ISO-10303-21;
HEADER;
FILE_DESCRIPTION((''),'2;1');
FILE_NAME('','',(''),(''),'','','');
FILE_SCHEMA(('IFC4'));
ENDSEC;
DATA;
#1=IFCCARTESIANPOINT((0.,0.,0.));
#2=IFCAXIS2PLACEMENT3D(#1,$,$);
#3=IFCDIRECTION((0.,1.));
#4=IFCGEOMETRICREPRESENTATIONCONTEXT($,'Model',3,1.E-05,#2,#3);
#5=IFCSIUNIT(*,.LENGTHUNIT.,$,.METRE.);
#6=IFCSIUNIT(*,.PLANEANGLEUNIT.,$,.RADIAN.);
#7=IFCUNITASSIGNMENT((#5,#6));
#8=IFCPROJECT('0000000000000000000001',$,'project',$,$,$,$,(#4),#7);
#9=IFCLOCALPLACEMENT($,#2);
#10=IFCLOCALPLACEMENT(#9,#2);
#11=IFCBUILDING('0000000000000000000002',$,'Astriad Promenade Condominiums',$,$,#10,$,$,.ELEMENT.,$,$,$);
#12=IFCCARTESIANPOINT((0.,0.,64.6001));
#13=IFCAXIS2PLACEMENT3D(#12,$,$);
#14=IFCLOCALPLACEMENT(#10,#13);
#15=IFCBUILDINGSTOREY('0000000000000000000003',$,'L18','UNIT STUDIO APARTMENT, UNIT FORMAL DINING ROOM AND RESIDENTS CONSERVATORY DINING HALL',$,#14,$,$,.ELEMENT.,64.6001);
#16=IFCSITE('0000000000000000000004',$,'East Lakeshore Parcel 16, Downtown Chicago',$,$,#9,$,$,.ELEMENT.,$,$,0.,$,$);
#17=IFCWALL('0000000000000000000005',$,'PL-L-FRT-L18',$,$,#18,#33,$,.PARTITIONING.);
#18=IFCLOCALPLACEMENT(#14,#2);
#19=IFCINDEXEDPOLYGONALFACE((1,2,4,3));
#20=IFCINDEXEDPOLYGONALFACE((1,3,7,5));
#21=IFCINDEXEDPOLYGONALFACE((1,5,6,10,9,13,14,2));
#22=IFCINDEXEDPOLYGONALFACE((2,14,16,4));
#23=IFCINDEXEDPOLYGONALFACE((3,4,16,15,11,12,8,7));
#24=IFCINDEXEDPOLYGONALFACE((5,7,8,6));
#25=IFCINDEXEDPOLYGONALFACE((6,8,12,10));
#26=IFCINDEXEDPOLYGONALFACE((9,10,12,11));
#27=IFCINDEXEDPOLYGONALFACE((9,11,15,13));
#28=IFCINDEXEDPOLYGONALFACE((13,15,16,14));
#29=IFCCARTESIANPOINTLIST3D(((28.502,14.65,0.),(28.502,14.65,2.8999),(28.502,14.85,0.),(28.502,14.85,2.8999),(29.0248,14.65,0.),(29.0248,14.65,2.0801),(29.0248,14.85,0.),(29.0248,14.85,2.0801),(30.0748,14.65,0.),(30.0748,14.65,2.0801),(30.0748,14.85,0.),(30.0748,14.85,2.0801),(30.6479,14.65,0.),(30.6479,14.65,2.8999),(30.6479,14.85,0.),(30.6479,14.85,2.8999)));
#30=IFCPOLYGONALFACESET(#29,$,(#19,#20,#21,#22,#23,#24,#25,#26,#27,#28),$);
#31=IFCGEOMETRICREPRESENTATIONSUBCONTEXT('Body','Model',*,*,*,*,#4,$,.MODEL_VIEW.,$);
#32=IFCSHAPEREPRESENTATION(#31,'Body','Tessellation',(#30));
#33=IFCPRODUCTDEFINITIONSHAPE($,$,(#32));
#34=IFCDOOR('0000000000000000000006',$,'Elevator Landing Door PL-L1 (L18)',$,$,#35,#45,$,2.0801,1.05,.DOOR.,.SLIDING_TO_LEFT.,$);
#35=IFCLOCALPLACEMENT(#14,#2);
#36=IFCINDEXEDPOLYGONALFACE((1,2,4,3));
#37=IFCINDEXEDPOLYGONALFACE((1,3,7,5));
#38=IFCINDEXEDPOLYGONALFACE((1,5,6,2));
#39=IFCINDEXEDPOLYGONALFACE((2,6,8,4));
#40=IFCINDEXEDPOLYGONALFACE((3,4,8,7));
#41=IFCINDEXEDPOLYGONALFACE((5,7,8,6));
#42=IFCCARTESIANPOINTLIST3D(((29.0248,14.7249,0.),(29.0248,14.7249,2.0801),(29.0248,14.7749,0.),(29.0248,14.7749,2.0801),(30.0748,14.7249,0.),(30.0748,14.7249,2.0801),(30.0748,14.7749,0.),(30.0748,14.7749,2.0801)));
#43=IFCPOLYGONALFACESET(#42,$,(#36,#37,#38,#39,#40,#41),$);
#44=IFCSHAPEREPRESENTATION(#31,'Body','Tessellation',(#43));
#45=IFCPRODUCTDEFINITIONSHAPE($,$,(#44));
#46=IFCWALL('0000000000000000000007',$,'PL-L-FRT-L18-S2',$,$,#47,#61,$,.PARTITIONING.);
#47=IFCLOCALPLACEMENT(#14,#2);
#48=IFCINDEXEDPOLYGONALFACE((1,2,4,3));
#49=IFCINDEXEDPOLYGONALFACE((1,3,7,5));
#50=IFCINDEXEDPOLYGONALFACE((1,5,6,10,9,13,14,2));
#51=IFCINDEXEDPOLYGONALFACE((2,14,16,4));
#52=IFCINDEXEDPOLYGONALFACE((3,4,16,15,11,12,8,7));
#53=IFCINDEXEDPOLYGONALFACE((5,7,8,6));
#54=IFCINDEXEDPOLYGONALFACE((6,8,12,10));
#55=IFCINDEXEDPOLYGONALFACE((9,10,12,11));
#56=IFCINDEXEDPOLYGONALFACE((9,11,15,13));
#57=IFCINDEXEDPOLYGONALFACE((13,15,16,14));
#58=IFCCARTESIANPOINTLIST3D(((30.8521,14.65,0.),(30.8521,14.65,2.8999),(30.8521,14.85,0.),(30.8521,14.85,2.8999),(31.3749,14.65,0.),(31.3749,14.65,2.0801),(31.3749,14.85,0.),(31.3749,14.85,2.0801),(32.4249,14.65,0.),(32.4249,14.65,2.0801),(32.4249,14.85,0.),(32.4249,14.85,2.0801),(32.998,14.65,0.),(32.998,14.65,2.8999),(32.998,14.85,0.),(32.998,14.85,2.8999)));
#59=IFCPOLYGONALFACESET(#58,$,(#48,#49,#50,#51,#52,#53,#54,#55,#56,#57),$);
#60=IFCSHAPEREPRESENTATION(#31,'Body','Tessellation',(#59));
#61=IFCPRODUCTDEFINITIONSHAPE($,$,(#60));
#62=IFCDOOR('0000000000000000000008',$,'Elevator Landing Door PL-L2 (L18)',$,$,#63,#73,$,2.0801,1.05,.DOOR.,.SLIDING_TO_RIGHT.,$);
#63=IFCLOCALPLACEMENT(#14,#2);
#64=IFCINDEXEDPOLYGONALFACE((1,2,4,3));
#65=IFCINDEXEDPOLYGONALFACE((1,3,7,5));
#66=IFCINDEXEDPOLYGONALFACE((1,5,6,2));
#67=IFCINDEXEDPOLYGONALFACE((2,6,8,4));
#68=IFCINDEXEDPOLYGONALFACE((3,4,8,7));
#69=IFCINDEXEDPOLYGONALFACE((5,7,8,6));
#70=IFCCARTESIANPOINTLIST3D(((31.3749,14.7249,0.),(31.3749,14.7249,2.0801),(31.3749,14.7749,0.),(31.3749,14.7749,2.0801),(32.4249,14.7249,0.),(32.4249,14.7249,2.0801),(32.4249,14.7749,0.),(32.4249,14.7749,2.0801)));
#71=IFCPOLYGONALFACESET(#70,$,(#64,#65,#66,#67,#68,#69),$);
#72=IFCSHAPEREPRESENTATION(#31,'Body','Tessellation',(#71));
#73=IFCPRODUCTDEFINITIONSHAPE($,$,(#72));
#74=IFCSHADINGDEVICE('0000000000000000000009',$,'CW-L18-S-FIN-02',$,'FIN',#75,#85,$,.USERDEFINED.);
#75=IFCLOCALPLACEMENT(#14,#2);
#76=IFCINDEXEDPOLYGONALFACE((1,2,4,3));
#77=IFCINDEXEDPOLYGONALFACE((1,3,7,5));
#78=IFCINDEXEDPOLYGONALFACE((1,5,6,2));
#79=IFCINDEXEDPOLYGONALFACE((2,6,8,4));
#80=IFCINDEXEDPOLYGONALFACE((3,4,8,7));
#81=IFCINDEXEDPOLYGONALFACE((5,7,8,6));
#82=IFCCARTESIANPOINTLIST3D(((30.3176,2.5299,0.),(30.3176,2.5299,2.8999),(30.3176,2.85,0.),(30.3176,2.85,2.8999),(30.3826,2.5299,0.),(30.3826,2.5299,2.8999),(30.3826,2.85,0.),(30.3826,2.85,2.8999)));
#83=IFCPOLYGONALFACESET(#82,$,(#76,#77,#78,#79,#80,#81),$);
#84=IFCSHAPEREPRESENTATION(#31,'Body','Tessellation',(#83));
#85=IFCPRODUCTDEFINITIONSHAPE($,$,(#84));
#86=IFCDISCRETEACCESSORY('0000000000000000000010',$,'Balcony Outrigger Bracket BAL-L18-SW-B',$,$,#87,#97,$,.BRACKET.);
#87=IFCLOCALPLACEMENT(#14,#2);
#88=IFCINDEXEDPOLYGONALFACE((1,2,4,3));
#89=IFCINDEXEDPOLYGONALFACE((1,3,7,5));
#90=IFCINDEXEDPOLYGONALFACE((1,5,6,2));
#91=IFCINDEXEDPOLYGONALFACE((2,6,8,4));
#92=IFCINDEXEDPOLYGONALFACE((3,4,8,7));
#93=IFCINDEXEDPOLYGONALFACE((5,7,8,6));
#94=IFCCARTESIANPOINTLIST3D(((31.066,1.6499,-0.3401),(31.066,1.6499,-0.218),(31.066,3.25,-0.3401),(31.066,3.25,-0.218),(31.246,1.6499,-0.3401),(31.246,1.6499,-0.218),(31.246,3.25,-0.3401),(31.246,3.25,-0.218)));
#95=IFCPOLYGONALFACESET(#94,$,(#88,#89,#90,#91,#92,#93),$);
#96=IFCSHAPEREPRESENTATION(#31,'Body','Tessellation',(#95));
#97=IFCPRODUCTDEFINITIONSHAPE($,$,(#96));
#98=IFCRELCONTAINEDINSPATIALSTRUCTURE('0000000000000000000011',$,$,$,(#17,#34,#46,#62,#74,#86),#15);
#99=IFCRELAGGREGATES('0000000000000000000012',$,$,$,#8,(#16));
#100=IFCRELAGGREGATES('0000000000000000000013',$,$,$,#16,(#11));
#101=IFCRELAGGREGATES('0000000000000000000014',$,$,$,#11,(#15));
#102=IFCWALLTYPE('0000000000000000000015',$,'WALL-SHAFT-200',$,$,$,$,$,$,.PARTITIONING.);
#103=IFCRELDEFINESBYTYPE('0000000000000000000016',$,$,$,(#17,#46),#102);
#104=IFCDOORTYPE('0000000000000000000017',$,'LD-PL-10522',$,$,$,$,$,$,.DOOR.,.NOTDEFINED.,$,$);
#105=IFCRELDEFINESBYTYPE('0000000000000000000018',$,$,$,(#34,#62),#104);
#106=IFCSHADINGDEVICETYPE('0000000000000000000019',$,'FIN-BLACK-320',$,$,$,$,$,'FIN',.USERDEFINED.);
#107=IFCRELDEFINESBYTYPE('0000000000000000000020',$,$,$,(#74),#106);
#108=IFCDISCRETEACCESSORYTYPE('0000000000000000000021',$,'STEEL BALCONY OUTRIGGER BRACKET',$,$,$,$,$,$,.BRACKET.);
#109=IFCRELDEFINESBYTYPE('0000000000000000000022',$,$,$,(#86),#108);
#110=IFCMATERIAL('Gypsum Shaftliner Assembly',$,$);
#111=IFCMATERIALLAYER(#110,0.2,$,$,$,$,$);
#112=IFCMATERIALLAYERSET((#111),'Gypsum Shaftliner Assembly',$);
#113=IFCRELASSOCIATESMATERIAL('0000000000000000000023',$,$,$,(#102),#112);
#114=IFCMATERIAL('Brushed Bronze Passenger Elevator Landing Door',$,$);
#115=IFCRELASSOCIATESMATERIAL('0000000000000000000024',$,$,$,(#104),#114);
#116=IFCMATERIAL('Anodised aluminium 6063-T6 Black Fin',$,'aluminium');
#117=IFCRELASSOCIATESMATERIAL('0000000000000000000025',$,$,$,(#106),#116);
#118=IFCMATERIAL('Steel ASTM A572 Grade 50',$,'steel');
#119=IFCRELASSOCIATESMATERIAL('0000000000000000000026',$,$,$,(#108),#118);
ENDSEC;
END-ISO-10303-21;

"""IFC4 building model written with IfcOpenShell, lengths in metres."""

from ifc_helpers import new_model, si_unit, direction, frame, frame_2d, origin, origin_2d, place, context, subcontext, project, spatial, rectangle, extrude, source, transform, mapped, material, layer, layer_set, type_object, type_shapes, element, fill, save


model = new_model("IFC4")

# Units and contexts
model_context = context("Model", 3, precision=1e-05, world=origin(), true_north=direction((0.0, 1.0)))
body_context = subcontext(model_context, "Body", "Model", "MODEL_VIEW")
ifc_project = project(units=[si_unit("LENGTHUNIT", "METRE"), si_unit("PLANEANGLEUNIT", "RADIAN")], contexts=[model_context])

# Site, building, storey
site_placement = place(None, origin())
site = spatial("IfcSite", under=ifc_project, at=site_placement, Name="East Lakeshore Parcel 16, Downtown Chicago", CompositionType="ELEMENT", RefElevation=0.0)
building_placement = place(site_placement, origin())
building = spatial("IfcBuilding", under=site, at=building_placement, Name="Astriad Promenade Condominiums", CompositionType="ELEMENT")
storey_placement = place(building_placement, frame((0.0, 0.0, 64.6001)))
storey = spatial("IfcBuildingStorey", under=building, at=storey_placement, Name="L18", Description="UNIT STUDIO APARTMENT, UNIT FORMAL DINING ROOM AND RESIDENTS CONSERVATORY DINING HALL", CompositionType="ELEMENT", Elevation=64.6001)

# Shared definitions
ifc_material_1 = material(Name="Gypsum Shaftliner Assembly")
ifc_layer_1 = layer(ifc_material_1, 0.2)
ifc_layer_set_1 = layer_set([ifc_layer_1], Name="Gypsum Shaftliner Assembly")
wall_type_1 = type_object("IfcWallType", Name="WALL-SHAFT-200", PredefinedType="PARTITIONING", material=ifc_layer_set_1)

# Walls, openings, doors
wall_1_placement = place(storey_placement, frame((28.502, 14.75, 0.0), z_axis=(0.0, 0.0, 1.0), x_axis=(1.0, 0.0, 0.0)))
wall_1 = element("IfcWall", 1, at=wall_1_placement, inside=storey, type_object=wall_type_1, Name="PL-L-FRT-L18", PredefinedType="PARTITIONING", context=body_context, shape_type="SweptSolid", body=[
    extrude(rectangle(XDim=2.146, YDim=0.2, at=frame_2d((1.073, 0.0))), origin(), (0.0, 0.0, 1.0), 2.8999),
])
opening_1_placement = place(wall_1_placement, frame((0.5229, 0.0, 0.0)))
opening_1 = element("IfcOpeningElement", 2, at=opening_1_placement, cuts=wall_1, PredefinedType="OPENING", context=body_context, shape_type="SweptSolid", body=[
    extrude(rectangle(XDim=1.05, YDim=2.0801, at=frame_2d((0.5249, 1.04))), frame((0.0, 0.1099, 0.0), z_axis=(0.0, -1.0, 0.0), x_axis=(1.0, 0.0, 0.0)), (0.0, 0.0, 1.0), 0.22),
])
ifc_material_2 = material(Name="Brushed Bronze Passenger Elevator Landing Door")
door_type_1 = type_object("IfcDoorType", Name="LD-PL-10522", OperationType="NOTDEFINED", PredefinedType="DOOR", material=ifc_material_2)
shared_shape_1 = source(origin(), body_context, "Body", "SweptSolid", [
    extrude(rectangle(XDim=1.05, YDim=2.0801, at=frame_2d((0.5249, 1.04))), frame((0.0, 0.0249, 0.0), z_axis=(0.0, -1.0, 0.0), x_axis=(1.0, 0.0, 0.0)), (0.0, 0.0, 1.0), 0.05),
])
type_shapes(door_type_1, [shared_shape_1])
door_1_placement = place(opening_1_placement, origin())
door_1 = element("IfcDoor", 3, at=door_1_placement, inside=storey, type_object=door_type_1, Name="Elevator Landing Door PL-L1 (L18)", OperationType="SLIDING_TO_LEFT", OverallHeight=2.0801, OverallWidth=1.05, PredefinedType="DOOR", context=body_context, shape_type="MappedRepresentation", body=[
    mapped(shared_shape_1, transform((0.0, 0.0, 0.0), scale=1.0)),
])
fill(opening_1, door_1)
wall_2_placement = place(storey_placement, frame((30.8521, 14.75, 0.0), z_axis=(0.0, 0.0, 1.0), x_axis=(1.0, 0.0, 0.0)))
wall_2 = element("IfcWall", 4, at=wall_2_placement, inside=storey, type_object=wall_type_1, Name="PL-L-FRT-L18-S2", PredefinedType="PARTITIONING", context=body_context, shape_type="SweptSolid", body=[
    extrude(rectangle(XDim=2.146, YDim=0.2, at=frame_2d((1.073, 0.0))), origin(), (0.0, 0.0, 1.0), 2.8999),
])
opening_2_placement = place(wall_2_placement, frame((0.5229, 0.0, 0.0)))
opening_2 = element("IfcOpeningElement", 5, at=opening_2_placement, cuts=wall_2, PredefinedType="OPENING", context=body_context, shape_type="SweptSolid", body=[
    extrude(rectangle(XDim=1.05, YDim=2.0801, at=frame_2d((0.5249, 1.04))), frame((0.0, 0.1099, 0.0), z_axis=(0.0, -1.0, 0.0), x_axis=(1.0, 0.0, 0.0)), (0.0, 0.0, 1.0), 0.22),
])
door_2_placement = place(opening_2_placement, origin())
door_2 = element("IfcDoor", 6, at=door_2_placement, inside=storey, type_object=door_type_1, Name="Elevator Landing Door PL-L2 (L18)", OperationType="SLIDING_TO_RIGHT", OverallHeight=2.0801, OverallWidth=1.05, PredefinedType="DOOR", context=body_context, shape_type="MappedRepresentation", body=[
    mapped(shared_shape_1, transform((0.0, 0.0, 0.0), scale=1.0)),
])
fill(opening_2, door_2)

# Shading device
ifc_material_3 = material(Name="Anodised aluminium 6063-T6 Black Fin", Category="aluminium")
shading_device_type = type_object("IfcShadingDeviceType", Name="FIN-BLACK-320", ElementType="FIN", PredefinedType="USERDEFINED", material=ifc_material_3)
shared_shape_2 = source(origin(), body_context, "Body", "SweptSolid", [
    extrude(rectangle(XDim=0.0649, YDim=0.3201, at=origin_2d()), origin(), (0.0, 0.0, 1.0), 2.8999),
])
type_shapes(shading_device_type, [shared_shape_2])
shading_device_placement = place(storey_placement, frame((30.3501, 2.6899, 0.0), z_axis=(0.0, 0.0, 1.0), x_axis=(-1.0, 0.0, 0.0)))
element("IfcShadingDevice", 7, at=shading_device_placement, inside=storey, type_object=shading_device_type, Name="CW-L18-S-FIN-02", ObjectType="FIN", PredefinedType="USERDEFINED", context=body_context, shape_type="MappedRepresentation", body=[
    mapped(shared_shape_2, transform((0.0, 0.0, 0.0), scale=1.0)),
])

# Discrete accessory
ifc_material_4 = material(Name="Steel ASTM A572 Grade 50", Category="steel")
discrete_accessory_type = type_object("IfcDiscreteAccessoryType", Name="STEEL BALCONY OUTRIGGER BRACKET", PredefinedType="BRACKET", material=ifc_material_4)
shared_shape_3 = source(origin(), body_context, "Body", "SweptSolid", [
    extrude(rectangle(XDim=1.6001, YDim=0.1799, at=origin_2d()), origin(), (0.0, 0.0, 1.0), 0.1221),
])
type_shapes(discrete_accessory_type, [shared_shape_3])
discrete_accessory_placement = place(storey_placement, frame((31.156, 2.45, -0.3401), z_axis=(0.0, 0.0, 1.0), x_axis=(0.0, -1.0, 0.0)))
element("IfcDiscreteAccessory", 8, at=discrete_accessory_placement, inside=storey, type_object=discrete_accessory_type, Name="Balcony Outrigger Bracket BAL-L18-SW-B", PredefinedType="BRACKET", context=body_context, shape_type="MappedRepresentation", body=[
    mapped(shared_shape_3, transform((0.0, 0.0, 0.0), scale=1.0)),
])

save(model, "model.ifc")
